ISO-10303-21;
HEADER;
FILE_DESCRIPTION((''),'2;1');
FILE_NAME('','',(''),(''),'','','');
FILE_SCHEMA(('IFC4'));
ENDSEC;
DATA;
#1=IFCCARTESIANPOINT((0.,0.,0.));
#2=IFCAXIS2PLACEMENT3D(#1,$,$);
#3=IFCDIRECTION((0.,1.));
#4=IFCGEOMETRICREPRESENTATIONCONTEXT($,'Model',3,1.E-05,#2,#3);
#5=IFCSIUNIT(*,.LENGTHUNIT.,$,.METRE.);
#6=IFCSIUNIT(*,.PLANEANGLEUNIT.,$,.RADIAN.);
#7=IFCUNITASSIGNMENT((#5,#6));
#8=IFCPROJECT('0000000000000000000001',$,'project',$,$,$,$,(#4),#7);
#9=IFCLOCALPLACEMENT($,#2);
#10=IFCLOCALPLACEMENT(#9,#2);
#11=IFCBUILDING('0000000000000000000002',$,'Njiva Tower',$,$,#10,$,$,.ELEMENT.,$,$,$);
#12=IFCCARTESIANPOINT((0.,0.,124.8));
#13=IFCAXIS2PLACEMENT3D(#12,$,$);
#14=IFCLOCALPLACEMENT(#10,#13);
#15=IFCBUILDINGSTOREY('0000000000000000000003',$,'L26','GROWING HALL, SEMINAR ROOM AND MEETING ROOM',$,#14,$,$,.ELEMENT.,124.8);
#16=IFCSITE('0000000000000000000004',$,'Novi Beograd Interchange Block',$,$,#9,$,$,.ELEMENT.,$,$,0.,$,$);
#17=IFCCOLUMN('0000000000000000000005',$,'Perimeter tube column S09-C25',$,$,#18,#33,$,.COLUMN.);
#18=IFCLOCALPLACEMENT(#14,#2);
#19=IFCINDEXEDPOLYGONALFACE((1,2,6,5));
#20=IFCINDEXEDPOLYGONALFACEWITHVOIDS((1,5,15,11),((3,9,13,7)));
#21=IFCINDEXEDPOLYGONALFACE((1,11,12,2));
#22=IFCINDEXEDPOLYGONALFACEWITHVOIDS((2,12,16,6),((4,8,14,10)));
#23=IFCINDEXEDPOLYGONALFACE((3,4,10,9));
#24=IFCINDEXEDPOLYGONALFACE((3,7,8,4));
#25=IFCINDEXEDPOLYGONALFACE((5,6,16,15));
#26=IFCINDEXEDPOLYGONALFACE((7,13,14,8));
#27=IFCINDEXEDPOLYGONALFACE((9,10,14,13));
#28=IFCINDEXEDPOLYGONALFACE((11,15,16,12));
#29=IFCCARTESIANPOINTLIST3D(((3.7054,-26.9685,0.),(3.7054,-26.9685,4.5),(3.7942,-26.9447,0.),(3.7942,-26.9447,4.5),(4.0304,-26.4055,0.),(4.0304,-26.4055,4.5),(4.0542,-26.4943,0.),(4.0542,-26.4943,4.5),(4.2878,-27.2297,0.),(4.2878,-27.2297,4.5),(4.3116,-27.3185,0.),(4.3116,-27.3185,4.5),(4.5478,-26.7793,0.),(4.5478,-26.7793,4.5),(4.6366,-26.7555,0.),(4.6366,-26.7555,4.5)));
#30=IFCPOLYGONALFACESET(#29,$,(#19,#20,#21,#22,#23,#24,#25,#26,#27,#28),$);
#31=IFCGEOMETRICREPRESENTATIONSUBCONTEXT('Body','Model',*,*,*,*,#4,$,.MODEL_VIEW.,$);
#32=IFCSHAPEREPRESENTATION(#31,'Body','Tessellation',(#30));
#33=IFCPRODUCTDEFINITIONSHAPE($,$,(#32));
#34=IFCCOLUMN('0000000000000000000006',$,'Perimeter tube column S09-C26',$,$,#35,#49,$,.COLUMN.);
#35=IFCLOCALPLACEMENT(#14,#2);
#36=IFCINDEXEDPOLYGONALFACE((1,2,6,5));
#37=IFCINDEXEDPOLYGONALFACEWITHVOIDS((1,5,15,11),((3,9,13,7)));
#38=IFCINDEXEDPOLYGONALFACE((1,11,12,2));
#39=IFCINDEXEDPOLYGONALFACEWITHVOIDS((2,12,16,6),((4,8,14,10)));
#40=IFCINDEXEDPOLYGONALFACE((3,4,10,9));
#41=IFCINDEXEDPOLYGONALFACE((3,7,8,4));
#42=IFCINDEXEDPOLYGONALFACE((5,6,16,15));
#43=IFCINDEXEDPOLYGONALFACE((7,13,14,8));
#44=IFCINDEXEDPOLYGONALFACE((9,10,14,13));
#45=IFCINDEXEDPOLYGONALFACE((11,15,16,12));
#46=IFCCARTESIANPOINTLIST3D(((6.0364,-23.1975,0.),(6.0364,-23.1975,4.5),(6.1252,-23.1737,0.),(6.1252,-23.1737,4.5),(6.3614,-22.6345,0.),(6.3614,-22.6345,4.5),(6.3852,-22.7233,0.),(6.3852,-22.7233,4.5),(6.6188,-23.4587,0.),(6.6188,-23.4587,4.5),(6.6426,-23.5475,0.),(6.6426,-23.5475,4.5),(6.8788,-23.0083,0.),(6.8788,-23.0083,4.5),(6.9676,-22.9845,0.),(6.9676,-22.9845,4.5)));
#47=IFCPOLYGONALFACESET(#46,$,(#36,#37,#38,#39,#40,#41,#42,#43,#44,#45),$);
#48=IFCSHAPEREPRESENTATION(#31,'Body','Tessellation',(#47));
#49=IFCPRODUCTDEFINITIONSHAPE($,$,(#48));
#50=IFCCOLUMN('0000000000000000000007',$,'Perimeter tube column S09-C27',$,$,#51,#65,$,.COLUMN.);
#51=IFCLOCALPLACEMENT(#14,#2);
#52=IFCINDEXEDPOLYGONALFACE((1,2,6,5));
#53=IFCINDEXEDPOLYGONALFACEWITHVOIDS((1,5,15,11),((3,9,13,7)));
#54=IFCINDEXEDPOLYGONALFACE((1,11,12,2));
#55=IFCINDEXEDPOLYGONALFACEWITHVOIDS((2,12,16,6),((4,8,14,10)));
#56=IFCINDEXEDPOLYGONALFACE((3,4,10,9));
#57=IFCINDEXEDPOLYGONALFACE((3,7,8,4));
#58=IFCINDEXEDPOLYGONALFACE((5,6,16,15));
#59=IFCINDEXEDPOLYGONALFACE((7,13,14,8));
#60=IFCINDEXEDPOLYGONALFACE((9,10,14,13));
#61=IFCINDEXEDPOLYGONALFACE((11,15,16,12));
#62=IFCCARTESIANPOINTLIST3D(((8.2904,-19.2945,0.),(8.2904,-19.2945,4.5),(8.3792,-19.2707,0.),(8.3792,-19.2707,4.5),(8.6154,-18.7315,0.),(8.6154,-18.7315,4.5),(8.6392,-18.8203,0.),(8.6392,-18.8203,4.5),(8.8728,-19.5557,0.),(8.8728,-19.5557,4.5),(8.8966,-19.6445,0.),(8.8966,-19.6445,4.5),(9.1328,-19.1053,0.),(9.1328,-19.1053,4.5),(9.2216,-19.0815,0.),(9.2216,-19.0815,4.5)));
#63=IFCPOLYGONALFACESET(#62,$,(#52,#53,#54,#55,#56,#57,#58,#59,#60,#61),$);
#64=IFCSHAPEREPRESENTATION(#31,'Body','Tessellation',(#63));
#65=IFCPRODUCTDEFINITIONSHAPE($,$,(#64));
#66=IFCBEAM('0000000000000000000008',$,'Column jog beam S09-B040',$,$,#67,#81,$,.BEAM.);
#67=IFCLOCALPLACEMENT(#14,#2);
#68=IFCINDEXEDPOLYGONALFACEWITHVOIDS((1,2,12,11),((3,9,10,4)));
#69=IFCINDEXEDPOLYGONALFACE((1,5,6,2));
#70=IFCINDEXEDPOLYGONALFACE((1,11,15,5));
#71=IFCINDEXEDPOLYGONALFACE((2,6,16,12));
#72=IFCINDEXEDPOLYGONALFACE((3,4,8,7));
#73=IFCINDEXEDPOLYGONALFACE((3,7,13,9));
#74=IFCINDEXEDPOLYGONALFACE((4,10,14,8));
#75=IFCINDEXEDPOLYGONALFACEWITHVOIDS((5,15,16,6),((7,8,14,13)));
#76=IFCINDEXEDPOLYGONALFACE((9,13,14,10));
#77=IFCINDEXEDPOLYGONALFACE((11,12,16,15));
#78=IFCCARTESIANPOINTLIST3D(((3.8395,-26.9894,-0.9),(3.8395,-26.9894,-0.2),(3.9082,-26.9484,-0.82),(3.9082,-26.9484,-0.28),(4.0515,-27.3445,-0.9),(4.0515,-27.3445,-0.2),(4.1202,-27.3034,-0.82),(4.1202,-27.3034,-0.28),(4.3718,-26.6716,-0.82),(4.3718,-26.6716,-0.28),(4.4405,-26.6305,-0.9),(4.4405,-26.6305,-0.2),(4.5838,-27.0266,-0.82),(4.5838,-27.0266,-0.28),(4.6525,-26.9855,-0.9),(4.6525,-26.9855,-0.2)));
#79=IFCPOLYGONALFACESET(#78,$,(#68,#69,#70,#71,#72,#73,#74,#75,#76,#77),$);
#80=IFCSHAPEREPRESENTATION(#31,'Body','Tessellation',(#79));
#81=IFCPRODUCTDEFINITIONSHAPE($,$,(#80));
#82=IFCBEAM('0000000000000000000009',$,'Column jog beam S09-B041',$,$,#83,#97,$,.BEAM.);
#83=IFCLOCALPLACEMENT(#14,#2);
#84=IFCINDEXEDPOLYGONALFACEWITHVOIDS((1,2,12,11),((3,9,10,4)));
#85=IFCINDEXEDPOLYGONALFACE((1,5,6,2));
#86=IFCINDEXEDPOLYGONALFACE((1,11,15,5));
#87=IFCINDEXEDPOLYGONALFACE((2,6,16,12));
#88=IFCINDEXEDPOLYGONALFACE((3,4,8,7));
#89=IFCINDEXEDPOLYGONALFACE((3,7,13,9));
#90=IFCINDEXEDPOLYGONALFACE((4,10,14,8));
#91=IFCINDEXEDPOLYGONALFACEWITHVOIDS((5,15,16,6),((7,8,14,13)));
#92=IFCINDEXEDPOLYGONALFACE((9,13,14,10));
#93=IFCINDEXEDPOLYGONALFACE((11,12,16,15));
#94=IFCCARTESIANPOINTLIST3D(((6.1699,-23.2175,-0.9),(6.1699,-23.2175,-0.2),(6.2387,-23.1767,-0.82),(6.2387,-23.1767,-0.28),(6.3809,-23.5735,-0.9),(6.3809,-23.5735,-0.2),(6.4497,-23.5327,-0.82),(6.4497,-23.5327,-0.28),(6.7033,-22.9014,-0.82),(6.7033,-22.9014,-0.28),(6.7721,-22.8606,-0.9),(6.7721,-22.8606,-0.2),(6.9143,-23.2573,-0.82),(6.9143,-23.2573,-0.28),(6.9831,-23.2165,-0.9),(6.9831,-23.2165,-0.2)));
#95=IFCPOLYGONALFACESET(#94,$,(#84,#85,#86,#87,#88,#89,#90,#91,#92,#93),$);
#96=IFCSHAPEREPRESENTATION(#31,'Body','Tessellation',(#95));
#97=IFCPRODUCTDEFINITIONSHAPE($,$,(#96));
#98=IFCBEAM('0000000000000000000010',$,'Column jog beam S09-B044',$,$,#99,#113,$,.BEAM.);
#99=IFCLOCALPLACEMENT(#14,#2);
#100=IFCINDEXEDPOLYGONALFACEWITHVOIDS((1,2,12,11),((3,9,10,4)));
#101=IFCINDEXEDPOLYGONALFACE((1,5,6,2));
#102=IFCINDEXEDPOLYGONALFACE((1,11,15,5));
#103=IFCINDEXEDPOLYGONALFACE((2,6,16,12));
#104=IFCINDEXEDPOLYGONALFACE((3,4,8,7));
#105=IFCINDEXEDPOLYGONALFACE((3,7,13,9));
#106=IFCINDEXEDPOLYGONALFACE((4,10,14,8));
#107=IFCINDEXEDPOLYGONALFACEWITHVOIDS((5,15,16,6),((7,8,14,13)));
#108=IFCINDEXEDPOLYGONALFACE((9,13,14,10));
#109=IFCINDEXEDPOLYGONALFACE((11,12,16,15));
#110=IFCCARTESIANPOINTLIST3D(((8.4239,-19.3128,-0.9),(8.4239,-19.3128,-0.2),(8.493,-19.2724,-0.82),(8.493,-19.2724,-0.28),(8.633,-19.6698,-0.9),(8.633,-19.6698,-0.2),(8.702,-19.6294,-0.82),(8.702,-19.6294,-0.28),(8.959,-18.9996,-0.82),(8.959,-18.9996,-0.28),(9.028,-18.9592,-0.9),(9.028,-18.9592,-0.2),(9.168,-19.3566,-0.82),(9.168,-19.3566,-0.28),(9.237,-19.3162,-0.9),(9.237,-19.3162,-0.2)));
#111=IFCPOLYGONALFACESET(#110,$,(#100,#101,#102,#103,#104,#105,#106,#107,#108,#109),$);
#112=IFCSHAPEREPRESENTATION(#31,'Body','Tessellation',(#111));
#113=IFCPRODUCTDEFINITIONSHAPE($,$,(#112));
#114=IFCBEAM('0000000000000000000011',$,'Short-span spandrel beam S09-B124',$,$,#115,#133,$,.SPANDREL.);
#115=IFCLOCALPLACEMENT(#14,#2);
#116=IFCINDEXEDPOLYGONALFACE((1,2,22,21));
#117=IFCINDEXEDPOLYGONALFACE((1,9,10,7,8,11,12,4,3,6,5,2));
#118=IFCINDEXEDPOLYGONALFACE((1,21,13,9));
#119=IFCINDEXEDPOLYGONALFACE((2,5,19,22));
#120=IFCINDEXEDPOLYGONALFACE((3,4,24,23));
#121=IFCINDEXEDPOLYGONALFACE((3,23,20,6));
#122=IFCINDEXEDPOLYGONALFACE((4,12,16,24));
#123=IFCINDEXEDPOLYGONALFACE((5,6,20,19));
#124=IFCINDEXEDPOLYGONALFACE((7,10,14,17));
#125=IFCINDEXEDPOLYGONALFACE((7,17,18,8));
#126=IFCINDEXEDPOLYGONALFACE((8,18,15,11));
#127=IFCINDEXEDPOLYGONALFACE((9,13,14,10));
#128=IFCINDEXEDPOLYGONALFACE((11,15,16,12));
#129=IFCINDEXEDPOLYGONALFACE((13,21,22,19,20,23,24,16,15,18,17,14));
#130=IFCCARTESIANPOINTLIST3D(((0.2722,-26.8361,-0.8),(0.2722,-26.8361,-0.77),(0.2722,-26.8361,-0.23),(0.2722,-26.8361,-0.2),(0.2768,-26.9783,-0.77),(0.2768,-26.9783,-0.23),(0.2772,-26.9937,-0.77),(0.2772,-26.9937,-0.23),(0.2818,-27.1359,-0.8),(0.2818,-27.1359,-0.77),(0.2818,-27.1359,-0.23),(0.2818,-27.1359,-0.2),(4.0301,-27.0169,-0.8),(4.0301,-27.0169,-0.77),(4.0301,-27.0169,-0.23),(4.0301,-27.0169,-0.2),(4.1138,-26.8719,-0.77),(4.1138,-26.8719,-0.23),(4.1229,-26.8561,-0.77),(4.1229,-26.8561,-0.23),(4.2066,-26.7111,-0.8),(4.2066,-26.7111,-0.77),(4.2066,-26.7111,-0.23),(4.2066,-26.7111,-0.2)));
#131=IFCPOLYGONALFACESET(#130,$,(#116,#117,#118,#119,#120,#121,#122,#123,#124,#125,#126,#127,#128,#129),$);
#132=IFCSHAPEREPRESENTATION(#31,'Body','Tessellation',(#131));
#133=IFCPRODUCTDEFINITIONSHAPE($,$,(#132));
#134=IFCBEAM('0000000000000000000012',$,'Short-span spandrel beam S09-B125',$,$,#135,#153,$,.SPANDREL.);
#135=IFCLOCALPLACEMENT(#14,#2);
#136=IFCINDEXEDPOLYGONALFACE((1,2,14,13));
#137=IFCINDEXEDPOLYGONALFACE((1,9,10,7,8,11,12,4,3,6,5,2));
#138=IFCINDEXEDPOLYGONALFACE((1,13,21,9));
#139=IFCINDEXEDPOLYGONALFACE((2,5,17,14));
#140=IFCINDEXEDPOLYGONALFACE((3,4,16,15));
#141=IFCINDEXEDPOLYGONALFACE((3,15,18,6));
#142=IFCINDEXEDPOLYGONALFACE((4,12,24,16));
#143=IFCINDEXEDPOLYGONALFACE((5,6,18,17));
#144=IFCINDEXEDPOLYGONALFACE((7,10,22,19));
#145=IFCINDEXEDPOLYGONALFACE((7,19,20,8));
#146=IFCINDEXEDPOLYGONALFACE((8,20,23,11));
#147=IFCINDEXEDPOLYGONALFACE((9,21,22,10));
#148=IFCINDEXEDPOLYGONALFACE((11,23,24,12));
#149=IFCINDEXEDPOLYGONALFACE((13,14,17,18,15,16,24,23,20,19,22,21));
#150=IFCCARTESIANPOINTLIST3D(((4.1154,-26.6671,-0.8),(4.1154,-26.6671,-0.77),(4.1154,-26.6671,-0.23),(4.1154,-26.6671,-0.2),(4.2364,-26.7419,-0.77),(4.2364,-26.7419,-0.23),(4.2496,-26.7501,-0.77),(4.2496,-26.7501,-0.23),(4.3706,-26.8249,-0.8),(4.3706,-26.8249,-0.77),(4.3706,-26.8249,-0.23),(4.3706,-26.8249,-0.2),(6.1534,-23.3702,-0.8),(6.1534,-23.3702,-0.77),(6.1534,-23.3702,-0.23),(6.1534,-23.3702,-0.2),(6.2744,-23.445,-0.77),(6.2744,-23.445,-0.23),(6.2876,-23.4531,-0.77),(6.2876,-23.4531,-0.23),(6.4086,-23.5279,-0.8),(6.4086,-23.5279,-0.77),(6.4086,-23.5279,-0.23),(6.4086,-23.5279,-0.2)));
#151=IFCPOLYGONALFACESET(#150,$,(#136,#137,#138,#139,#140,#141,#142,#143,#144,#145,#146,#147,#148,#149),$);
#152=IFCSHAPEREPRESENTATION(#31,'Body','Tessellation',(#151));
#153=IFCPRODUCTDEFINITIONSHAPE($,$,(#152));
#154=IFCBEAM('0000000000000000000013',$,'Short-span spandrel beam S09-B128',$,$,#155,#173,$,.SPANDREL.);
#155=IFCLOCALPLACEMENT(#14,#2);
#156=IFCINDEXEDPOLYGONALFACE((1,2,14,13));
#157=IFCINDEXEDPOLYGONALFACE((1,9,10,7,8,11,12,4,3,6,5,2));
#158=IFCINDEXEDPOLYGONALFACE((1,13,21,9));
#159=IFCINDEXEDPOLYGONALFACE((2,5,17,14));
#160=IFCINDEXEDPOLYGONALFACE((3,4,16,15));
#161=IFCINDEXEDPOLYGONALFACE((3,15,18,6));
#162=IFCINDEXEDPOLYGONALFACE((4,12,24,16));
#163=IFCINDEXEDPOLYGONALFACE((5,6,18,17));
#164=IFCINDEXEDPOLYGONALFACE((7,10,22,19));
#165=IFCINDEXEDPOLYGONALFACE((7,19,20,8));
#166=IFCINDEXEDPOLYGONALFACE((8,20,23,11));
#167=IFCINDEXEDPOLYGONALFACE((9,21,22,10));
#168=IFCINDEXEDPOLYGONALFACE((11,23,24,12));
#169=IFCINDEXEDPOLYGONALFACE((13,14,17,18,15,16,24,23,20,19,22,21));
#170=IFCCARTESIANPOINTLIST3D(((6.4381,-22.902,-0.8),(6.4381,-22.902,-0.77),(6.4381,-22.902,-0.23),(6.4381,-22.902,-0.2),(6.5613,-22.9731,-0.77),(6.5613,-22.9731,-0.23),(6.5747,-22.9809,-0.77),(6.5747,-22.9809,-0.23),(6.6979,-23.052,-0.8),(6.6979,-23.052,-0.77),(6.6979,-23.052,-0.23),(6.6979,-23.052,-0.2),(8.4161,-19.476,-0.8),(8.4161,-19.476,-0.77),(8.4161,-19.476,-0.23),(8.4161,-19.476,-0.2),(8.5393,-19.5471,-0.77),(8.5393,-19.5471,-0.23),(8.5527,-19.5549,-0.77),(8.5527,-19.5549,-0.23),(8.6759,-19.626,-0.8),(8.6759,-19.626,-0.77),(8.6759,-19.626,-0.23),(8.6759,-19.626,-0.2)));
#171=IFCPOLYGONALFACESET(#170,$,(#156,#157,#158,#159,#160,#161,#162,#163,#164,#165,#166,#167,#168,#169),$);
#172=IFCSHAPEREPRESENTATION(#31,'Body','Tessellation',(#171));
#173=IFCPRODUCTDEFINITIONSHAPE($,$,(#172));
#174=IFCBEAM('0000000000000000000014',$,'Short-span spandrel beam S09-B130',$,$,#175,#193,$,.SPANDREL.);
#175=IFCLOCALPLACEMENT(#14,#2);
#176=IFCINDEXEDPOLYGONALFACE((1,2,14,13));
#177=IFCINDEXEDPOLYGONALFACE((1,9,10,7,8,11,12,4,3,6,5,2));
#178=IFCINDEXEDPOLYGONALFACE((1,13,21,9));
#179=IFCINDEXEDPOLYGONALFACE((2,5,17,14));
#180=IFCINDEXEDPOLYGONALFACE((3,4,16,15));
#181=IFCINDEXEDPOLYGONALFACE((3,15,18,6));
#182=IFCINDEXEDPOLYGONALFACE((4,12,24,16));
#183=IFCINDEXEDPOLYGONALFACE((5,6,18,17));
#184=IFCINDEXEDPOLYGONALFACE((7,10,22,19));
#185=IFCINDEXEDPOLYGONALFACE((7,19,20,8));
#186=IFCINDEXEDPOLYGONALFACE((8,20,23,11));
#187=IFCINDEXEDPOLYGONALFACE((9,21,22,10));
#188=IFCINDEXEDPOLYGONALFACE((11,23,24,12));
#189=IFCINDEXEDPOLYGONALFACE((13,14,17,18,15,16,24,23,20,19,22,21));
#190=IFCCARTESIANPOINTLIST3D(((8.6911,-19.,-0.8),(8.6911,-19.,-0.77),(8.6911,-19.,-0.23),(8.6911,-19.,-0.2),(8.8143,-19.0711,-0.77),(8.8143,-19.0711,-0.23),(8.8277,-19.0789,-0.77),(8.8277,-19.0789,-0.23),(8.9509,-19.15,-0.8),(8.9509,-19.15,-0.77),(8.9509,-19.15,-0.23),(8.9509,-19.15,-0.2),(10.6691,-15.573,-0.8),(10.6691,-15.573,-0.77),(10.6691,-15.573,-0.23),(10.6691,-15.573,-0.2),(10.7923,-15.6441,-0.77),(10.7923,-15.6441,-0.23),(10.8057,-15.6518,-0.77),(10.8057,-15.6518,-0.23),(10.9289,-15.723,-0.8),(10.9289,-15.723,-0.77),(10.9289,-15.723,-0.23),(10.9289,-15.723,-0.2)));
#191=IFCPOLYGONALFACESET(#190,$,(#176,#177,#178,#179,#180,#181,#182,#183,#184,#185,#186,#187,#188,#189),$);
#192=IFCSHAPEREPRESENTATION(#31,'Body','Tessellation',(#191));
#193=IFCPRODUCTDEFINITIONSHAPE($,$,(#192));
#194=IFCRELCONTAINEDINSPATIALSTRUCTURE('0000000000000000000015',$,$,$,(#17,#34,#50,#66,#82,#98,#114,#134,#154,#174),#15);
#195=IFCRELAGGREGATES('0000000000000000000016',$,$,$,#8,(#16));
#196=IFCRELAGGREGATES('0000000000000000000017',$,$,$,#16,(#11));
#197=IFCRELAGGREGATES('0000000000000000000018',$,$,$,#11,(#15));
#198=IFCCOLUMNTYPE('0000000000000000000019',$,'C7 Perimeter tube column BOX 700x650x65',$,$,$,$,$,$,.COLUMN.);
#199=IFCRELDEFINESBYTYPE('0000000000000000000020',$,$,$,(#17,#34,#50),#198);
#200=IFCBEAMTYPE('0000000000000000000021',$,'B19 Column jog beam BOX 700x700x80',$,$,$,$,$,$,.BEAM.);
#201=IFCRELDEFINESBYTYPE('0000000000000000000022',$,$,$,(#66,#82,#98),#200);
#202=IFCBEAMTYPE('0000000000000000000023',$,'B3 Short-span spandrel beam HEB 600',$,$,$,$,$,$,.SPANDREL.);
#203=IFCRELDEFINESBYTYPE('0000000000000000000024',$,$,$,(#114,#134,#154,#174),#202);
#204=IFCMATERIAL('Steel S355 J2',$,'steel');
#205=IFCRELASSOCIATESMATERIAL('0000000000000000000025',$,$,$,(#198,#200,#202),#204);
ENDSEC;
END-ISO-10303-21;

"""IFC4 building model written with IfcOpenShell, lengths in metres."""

from ifc_helpers import new_model, si_unit, direction, frame, origin, origin_2d, place, context, subcontext, project, spatial, hollow_rectangle, i_section, extrude, clip, halfspace, material, material_profile, profile_set, type_object, element, save


model = new_model("IFC4")

# Units and contexts
model_context = context("Model", 3, precision=1e-05, world=origin(), true_north=direction((0.0, 1.0)))
body_context = subcontext(model_context, "Body", "Model", "MODEL_VIEW")
ifc_project = project(units=[si_unit("LENGTHUNIT", "METRE"), si_unit("PLANEANGLEUNIT", "RADIAN")], contexts=[model_context])

# Site, building, storey
site_placement = place(None, origin())
site = spatial("IfcSite", under=ifc_project, at=site_placement, Name="Novi Beograd Interchange Block", CompositionType="ELEMENT", RefElevation=0.0)
building_placement = place(site_placement, origin())
building = spatial("IfcBuilding", under=site, at=building_placement, Name="Njiva Tower", CompositionType="ELEMENT")
storey_placement = place(building_placement, frame((0.0, 0.0, 124.8)))
storey = spatial("IfcBuildingStorey", under=building, at=storey_placement, Name="L26", Description="GROWING HALL, SEMINAR ROOM AND MEETING ROOM", CompositionType="ELEMENT", Elevation=124.8)

# Columns
ifc_material_1 = material(Name="Steel S355 J2", Category="steel")
ifc_material_profile_1 = material_profile(ifc_material_1, hollow_rectangle(XDim=0.65, YDim=0.7, WallThickness=0.065, at=origin_2d()), Name="BOX 700x650x65")
ifc_profile_set_1 = profile_set([ifc_material_profile_1], Name="Steel S355 J2")
column_type = type_object("IfcColumnType", Name="C7 Perimeter tube column BOX 700x650x65", PredefinedType="COLUMN", material=ifc_profile_set_1)
for number, where, z_axis, x_axis, name in (
    (1, (4.171, -26.862, 0.0), (0.0, 0.0, 1.0), (0.5, 0.866025, 0.0), "Perimeter tube column S09-C25"),
    (2, (6.502, -23.091, 0.0), (0.0, 0.0, 1.0), (0.5, 0.866025, 0.0), "Perimeter tube column S09-C26"),
    (3, (8.756, -19.188, 0.0), (0.0, 0.0, 1.0), (0.5, 0.866025, 0.0), "Perimeter tube column S09-C27"),
):
    element("IfcColumn", number, at=place(storey_placement, frame(where, z_axis=z_axis, x_axis=x_axis)), inside=storey, type_object=column_type, Name=name, PredefinedType="COLUMN", context=body_context, shape_type="SweptSolid", body=[
        extrude(hollow_rectangle(XDim=0.65, YDim=0.7, WallThickness=0.065, at=origin_2d()), origin(), (0.0, 0.0, 1.0), 4.5),
    ])

# Beams
ifc_material_profile_2 = material_profile(ifc_material_1, hollow_rectangle(XDim=0.7, YDim=0.7, WallThickness=0.08, at=origin_2d()), Name="BOX 700x700x80")
ifc_profile_set_2 = profile_set([ifc_material_profile_2], Name="Steel S355 J2")
beam_type_1 = type_object("IfcBeamType", Name="B19 Column jog beam BOX 700x700x80", PredefinedType="BEAM", material=ifc_profile_set_2)
beam_1_placement = place(storey_placement, frame((4.352, -27.165, -0.55), z_axis=(-0.512716, 0.858558, 0.0), x_axis=(-0.858558, -0.512716, 0.0)))
element("IfcBeam", 4, at=beam_1_placement, inside=storey, type_object=beam_type_1, Name="Column jog beam S09-B040", PredefinedType="BEAM", context=body_context, shape_type="SweptSolid", body=[
    extrude(hollow_rectangle(XDim=0.7, YDim=0.7, WallThickness=0.08, at=origin_2d()), origin(), (0.0, 0.0, 1.0), 0.4135),
])
beam_2_placement = place(storey_placement, frame((6.682, -23.395, -0.55), z_axis=(-0.509869, 0.860252, 0.0), x_axis=(-0.860252, -0.509869, 0.0)))
element("IfcBeam", 5, at=beam_2_placement, inside=storey, type_object=beam_type_1, Name="Column jog beam S09-B041", PredefinedType="BEAM", context=body_context, shape_type="SweptSolid", body=[
    extrude(hollow_rectangle(XDim=0.7, YDim=0.7, WallThickness=0.08, at=origin_2d()), origin(), (0.0, 0.0, 1.0), 0.4138),
])
beam_3_placement = place(storey_placement, frame((8.935, -19.493, -0.55), z_axis=(-0.505223, 0.862989, 0.0), x_axis=(-0.862989, -0.505223, 0.0)))
element("IfcBeam", 6, at=beam_3_placement, inside=storey, type_object=beam_type_1, Name="Column jog beam S09-B044", PredefinedType="BEAM", context=body_context, shape_type="SweptSolid", body=[
    extrude(hollow_rectangle(XDim=0.7, YDim=0.7, WallThickness=0.08, at=origin_2d()), origin(), (0.0, 0.0, 1.0), 0.4137),
])
ifc_material_profile_3 = material_profile(ifc_material_1, i_section(OverallWidth=0.3, OverallDepth=0.6, WebThickness=0.0155, FlangeThickness=0.03, at=origin_2d()), Name="HEB 600")
ifc_profile_set_3 = profile_set([ifc_material_profile_3], Name="Steel S355 J2")
beam_type_2 = type_object("IfcBeamType", Name="B3 Short-span spandrel beam HEB 600", PredefinedType="SPANDREL", material=ifc_profile_set_3)
beam_4_placement = place(storey_placement, frame((0.277, -26.986, -0.5), z_axis=(0.999496, 0.031738, 0.0), x_axis=(-0.031738, 0.999496, 0.0)))
element("IfcBeam", 7, at=beam_4_placement, inside=storey, type_object=beam_type_2, Name="Short-span spandrel beam S09-B124", PredefinedType="SPANDREL", context=body_context, shape_type="Clipping", body=[
    clip(extrude(i_section(OverallWidth=0.3, OverallDepth=0.6, WebThickness=0.0155, FlangeThickness=0.03, at=origin_2d()), origin(), (0.0, 0.0, 1.0), 3.9569), halfspace(frame((-0.0261, 0.0, 3.8271), z_axis=(-0.527232, 0.0, 0.849721), x_axis=(0.0, 1.0, 0.0)), False)),
])
beam_5_placement = place(storey_placement, frame((4.243, -26.746, -0.5), z_axis=(0.525795, 0.850611, 0.0), x_axis=(-0.850611, 0.525795, 0.0)))
element("IfcBeam", 8, at=beam_5_placement, inside=storey, type_object=beam_type_2, Name="Short-span spandrel beam S09-B125", PredefinedType="SPANDREL", context=body_context, shape_type="SweptSolid", body=[
    extrude(i_section(OverallWidth=0.3, OverallDepth=0.6, WebThickness=0.0155, FlangeThickness=0.03, at=origin_2d()), origin(), (0.0, 0.0, 1.0), 3.876),
])
beam_6_placement = place(storey_placement, frame((6.568, -22.977, -0.5), z_axis=(0.5, 0.866026, 0.0), x_axis=(-0.866026, 0.5, 0.0)))
element("IfcBeam", 9, at=beam_6_placement, inside=storey, type_object=beam_type_2, Name="Short-span spandrel beam S09-B128", PredefinedType="SPANDREL", context=body_context, shape_type="SweptSolid", body=[
    extrude(i_section(OverallWidth=0.3, OverallDepth=0.6, WebThickness=0.0155, FlangeThickness=0.03, at=origin_2d()), origin(), (0.0, 0.0, 1.0), 3.956),
])
beam_7_placement = place(storey_placement, frame((8.821, -19.075, -0.5), z_axis=(0.49989, 0.866089, 0.0), x_axis=(-0.866089, 0.49989, 0.0)))
element("IfcBeam", 10, at=beam_7_placement, inside=storey, type_object=beam_type_2, Name="Short-span spandrel beam S09-B130", PredefinedType="SPANDREL", context=body_context, shape_type="SweptSolid", body=[
    extrude(i_section(OverallWidth=0.3, OverallDepth=0.6, WebThickness=0.0155, FlangeThickness=0.03, at=origin_2d()), origin(), (0.0, 0.0, 1.0), 3.9569),
])

save(model, "model.ifc")
